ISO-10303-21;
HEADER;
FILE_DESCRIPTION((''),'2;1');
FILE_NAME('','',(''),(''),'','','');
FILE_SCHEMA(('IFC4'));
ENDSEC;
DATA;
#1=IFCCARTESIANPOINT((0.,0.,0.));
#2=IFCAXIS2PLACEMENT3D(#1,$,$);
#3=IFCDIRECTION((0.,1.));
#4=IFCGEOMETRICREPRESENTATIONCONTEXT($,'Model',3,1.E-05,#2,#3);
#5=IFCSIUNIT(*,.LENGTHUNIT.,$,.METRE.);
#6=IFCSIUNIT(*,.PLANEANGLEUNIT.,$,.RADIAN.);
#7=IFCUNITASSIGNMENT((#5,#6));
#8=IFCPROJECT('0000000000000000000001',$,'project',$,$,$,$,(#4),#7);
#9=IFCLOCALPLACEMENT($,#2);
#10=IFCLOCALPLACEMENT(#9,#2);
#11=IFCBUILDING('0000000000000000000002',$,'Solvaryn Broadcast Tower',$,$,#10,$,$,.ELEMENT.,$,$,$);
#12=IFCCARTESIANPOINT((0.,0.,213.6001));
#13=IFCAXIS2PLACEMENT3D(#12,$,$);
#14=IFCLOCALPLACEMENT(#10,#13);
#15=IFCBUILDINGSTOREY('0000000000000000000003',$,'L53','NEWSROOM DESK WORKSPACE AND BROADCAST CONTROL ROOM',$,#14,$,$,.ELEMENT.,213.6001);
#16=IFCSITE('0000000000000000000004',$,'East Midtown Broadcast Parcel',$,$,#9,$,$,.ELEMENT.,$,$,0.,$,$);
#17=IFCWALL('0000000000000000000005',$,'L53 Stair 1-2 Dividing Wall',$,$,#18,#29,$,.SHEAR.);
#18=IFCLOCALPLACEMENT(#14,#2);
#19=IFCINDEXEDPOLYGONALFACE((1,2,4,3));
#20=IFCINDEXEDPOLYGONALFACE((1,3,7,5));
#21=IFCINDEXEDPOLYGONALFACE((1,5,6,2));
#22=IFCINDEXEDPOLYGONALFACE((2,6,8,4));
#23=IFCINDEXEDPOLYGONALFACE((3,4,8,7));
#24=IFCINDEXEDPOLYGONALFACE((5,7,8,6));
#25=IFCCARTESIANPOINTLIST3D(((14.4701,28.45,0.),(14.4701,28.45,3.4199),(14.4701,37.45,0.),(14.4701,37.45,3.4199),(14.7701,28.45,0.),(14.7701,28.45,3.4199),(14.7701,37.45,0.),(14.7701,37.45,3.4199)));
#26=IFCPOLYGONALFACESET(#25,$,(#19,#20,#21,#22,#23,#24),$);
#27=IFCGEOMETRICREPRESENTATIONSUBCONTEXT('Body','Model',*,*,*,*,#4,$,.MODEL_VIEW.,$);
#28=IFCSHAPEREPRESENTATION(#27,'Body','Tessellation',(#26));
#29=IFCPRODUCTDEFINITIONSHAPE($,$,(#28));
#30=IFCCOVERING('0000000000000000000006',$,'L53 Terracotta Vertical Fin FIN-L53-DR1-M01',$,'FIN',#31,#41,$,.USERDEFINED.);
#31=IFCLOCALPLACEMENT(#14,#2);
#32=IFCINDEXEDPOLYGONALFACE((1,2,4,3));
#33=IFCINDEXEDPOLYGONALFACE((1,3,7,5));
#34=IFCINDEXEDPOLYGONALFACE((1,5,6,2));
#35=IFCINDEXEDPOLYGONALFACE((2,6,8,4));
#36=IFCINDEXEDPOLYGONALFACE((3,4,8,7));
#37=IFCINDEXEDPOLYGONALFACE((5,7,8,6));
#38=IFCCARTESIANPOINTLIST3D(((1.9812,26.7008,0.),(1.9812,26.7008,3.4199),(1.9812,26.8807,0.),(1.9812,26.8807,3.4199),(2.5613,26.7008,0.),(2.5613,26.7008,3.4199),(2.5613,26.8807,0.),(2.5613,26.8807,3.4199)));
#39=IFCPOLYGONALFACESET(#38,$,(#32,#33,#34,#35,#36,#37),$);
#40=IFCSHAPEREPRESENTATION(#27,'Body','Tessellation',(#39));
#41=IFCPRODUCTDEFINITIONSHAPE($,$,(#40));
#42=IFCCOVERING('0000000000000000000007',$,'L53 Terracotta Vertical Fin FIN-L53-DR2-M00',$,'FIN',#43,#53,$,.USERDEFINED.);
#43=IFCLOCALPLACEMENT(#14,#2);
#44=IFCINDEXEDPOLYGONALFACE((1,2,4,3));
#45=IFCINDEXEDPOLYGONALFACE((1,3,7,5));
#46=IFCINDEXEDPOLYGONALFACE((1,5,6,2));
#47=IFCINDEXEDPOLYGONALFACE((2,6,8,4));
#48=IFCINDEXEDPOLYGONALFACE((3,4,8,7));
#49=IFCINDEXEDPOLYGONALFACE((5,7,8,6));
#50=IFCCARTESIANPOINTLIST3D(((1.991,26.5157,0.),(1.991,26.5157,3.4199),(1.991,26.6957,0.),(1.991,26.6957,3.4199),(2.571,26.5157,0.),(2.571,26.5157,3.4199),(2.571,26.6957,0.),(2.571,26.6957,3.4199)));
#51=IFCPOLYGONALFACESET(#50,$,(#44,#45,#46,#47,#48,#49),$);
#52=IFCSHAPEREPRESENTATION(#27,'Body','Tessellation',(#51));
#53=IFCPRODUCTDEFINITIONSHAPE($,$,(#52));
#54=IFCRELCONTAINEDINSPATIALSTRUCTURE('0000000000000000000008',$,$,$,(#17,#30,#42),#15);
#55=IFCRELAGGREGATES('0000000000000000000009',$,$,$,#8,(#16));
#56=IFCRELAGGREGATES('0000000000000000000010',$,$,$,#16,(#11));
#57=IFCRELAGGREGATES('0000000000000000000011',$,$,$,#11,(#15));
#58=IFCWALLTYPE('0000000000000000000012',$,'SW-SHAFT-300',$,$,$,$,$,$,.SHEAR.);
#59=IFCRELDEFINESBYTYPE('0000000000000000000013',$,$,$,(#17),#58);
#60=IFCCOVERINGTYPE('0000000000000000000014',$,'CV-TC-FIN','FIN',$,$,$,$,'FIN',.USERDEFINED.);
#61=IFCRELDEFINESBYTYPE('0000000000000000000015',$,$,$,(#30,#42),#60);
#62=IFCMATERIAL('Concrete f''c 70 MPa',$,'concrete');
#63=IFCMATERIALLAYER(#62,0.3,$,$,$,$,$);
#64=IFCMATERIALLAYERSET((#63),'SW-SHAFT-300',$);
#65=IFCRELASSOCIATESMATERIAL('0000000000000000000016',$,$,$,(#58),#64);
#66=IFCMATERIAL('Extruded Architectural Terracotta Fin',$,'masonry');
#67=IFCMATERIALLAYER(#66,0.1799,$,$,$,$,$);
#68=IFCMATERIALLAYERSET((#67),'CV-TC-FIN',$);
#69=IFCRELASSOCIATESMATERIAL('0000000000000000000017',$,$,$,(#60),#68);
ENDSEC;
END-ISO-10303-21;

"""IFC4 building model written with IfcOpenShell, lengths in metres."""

from ifc_helpers import new_model, si_unit, direction, frame, frame_2d, origin, origin_2d, place, context, subcontext, project, spatial, rectangle, extrude, material, layer, layer_set, type_object, element, save


model = new_model("IFC4")

# Units and contexts
model_context = context("Model", 3, precision=1e-05, world=origin(), true_north=direction((0.0, 1.0)))
body_context = subcontext(model_context, "Body", "Model", "MODEL_VIEW")
ifc_project = project(units=[si_unit("LENGTHUNIT", "METRE"), si_unit("PLANEANGLEUNIT", "RADIAN")], contexts=[model_context])

# Site, building, storey
site_placement = place(None, origin())
site = spatial("IfcSite", under=ifc_project, at=site_placement, Name="East Midtown Broadcast Parcel", CompositionType="ELEMENT", RefElevation=0.0)
building_placement = place(site_placement, origin())
building = spatial("IfcBuilding", under=site, at=building_placement, Name="Solvaryn Broadcast Tower", CompositionType="ELEMENT")
storey_placement = place(building_placement, frame((0.0, 0.0, 213.6001)))
storey = spatial("IfcBuildingStorey", under=building, at=storey_placement, Name="L53", Description="NEWSROOM DESK WORKSPACE AND BROADCAST CONTROL ROOM", CompositionType="ELEMENT", Elevation=213.6001)

# Wall
ifc_material_1 = material(Name="Concrete f'c 70 MPa", Category="concrete")
ifc_layer_1 = layer(ifc_material_1, 0.3)
ifc_layer_set_1 = layer_set([ifc_layer_1], Name="SW-SHAFT-300")
wall_type_1 = type_object("IfcWallType", Name="SW-SHAFT-300", PredefinedType="SHEAR", material=ifc_layer_set_1)
wall_1_placement = place(storey_placement, frame((14.6201, 28.45, 0.0), z_axis=(0.0, 0.0, 1.0), x_axis=(0.0, 1.0, 0.0)))
element("IfcWall", 1, at=wall_1_placement, inside=storey, type_object=wall_type_1, Name="L53 Stair 1-2 Dividing Wall", PredefinedType="SHEAR", context=body_context, shape_type="SweptSolid", body=[
    extrude(rectangle(XDim=9.0, YDim=0.3, at=frame_2d((4.5, 0.0))), origin(), (0.0, 0.0, 1.0), 3.4199),
])

# Coverings
ifc_material_2 = material(Name="Extruded Architectural Terracotta Fin", Category="masonry")
ifc_layer_2 = layer(ifc_material_2, 0.1799)
ifc_layer_set_2 = layer_set([ifc_layer_2], Name="CV-TC-FIN")
covering_type = type_object("IfcCoveringType", Name="CV-TC-FIN", Description="FIN", ElementType="FIN", PredefinedType="USERDEFINED", material=ifc_layer_set_2)
for number, where, z_axis, x_axis, name in (
    (2, (2.2712, 26.7908, 0.0), (0.0, 0.0, 1.0), (1.0, 0.0, 0.0), "L53 Terracotta Vertical Fin FIN-L53-DR1-M01"),
    (3, (2.281, 26.6057, 0.0), (0.0, 0.0, 1.0), (1.0, 0.0, 0.0), "L53 Terracotta Vertical Fin FIN-L53-DR2-M00"),
):
    element("IfcCovering", number, at=place(storey_placement, frame(where, z_axis=z_axis, x_axis=x_axis)), inside=storey, type_object=covering_type, Name=name, ObjectType="FIN", PredefinedType="USERDEFINED", context=body_context, shape_type="SweptSolid", body=[
        extrude(rectangle(XDim=0.5801, YDim=0.1799, at=origin_2d()), origin(), (0.0, 0.0, 1.0), 3.4199),
    ])

save(model, "model.ifc")
